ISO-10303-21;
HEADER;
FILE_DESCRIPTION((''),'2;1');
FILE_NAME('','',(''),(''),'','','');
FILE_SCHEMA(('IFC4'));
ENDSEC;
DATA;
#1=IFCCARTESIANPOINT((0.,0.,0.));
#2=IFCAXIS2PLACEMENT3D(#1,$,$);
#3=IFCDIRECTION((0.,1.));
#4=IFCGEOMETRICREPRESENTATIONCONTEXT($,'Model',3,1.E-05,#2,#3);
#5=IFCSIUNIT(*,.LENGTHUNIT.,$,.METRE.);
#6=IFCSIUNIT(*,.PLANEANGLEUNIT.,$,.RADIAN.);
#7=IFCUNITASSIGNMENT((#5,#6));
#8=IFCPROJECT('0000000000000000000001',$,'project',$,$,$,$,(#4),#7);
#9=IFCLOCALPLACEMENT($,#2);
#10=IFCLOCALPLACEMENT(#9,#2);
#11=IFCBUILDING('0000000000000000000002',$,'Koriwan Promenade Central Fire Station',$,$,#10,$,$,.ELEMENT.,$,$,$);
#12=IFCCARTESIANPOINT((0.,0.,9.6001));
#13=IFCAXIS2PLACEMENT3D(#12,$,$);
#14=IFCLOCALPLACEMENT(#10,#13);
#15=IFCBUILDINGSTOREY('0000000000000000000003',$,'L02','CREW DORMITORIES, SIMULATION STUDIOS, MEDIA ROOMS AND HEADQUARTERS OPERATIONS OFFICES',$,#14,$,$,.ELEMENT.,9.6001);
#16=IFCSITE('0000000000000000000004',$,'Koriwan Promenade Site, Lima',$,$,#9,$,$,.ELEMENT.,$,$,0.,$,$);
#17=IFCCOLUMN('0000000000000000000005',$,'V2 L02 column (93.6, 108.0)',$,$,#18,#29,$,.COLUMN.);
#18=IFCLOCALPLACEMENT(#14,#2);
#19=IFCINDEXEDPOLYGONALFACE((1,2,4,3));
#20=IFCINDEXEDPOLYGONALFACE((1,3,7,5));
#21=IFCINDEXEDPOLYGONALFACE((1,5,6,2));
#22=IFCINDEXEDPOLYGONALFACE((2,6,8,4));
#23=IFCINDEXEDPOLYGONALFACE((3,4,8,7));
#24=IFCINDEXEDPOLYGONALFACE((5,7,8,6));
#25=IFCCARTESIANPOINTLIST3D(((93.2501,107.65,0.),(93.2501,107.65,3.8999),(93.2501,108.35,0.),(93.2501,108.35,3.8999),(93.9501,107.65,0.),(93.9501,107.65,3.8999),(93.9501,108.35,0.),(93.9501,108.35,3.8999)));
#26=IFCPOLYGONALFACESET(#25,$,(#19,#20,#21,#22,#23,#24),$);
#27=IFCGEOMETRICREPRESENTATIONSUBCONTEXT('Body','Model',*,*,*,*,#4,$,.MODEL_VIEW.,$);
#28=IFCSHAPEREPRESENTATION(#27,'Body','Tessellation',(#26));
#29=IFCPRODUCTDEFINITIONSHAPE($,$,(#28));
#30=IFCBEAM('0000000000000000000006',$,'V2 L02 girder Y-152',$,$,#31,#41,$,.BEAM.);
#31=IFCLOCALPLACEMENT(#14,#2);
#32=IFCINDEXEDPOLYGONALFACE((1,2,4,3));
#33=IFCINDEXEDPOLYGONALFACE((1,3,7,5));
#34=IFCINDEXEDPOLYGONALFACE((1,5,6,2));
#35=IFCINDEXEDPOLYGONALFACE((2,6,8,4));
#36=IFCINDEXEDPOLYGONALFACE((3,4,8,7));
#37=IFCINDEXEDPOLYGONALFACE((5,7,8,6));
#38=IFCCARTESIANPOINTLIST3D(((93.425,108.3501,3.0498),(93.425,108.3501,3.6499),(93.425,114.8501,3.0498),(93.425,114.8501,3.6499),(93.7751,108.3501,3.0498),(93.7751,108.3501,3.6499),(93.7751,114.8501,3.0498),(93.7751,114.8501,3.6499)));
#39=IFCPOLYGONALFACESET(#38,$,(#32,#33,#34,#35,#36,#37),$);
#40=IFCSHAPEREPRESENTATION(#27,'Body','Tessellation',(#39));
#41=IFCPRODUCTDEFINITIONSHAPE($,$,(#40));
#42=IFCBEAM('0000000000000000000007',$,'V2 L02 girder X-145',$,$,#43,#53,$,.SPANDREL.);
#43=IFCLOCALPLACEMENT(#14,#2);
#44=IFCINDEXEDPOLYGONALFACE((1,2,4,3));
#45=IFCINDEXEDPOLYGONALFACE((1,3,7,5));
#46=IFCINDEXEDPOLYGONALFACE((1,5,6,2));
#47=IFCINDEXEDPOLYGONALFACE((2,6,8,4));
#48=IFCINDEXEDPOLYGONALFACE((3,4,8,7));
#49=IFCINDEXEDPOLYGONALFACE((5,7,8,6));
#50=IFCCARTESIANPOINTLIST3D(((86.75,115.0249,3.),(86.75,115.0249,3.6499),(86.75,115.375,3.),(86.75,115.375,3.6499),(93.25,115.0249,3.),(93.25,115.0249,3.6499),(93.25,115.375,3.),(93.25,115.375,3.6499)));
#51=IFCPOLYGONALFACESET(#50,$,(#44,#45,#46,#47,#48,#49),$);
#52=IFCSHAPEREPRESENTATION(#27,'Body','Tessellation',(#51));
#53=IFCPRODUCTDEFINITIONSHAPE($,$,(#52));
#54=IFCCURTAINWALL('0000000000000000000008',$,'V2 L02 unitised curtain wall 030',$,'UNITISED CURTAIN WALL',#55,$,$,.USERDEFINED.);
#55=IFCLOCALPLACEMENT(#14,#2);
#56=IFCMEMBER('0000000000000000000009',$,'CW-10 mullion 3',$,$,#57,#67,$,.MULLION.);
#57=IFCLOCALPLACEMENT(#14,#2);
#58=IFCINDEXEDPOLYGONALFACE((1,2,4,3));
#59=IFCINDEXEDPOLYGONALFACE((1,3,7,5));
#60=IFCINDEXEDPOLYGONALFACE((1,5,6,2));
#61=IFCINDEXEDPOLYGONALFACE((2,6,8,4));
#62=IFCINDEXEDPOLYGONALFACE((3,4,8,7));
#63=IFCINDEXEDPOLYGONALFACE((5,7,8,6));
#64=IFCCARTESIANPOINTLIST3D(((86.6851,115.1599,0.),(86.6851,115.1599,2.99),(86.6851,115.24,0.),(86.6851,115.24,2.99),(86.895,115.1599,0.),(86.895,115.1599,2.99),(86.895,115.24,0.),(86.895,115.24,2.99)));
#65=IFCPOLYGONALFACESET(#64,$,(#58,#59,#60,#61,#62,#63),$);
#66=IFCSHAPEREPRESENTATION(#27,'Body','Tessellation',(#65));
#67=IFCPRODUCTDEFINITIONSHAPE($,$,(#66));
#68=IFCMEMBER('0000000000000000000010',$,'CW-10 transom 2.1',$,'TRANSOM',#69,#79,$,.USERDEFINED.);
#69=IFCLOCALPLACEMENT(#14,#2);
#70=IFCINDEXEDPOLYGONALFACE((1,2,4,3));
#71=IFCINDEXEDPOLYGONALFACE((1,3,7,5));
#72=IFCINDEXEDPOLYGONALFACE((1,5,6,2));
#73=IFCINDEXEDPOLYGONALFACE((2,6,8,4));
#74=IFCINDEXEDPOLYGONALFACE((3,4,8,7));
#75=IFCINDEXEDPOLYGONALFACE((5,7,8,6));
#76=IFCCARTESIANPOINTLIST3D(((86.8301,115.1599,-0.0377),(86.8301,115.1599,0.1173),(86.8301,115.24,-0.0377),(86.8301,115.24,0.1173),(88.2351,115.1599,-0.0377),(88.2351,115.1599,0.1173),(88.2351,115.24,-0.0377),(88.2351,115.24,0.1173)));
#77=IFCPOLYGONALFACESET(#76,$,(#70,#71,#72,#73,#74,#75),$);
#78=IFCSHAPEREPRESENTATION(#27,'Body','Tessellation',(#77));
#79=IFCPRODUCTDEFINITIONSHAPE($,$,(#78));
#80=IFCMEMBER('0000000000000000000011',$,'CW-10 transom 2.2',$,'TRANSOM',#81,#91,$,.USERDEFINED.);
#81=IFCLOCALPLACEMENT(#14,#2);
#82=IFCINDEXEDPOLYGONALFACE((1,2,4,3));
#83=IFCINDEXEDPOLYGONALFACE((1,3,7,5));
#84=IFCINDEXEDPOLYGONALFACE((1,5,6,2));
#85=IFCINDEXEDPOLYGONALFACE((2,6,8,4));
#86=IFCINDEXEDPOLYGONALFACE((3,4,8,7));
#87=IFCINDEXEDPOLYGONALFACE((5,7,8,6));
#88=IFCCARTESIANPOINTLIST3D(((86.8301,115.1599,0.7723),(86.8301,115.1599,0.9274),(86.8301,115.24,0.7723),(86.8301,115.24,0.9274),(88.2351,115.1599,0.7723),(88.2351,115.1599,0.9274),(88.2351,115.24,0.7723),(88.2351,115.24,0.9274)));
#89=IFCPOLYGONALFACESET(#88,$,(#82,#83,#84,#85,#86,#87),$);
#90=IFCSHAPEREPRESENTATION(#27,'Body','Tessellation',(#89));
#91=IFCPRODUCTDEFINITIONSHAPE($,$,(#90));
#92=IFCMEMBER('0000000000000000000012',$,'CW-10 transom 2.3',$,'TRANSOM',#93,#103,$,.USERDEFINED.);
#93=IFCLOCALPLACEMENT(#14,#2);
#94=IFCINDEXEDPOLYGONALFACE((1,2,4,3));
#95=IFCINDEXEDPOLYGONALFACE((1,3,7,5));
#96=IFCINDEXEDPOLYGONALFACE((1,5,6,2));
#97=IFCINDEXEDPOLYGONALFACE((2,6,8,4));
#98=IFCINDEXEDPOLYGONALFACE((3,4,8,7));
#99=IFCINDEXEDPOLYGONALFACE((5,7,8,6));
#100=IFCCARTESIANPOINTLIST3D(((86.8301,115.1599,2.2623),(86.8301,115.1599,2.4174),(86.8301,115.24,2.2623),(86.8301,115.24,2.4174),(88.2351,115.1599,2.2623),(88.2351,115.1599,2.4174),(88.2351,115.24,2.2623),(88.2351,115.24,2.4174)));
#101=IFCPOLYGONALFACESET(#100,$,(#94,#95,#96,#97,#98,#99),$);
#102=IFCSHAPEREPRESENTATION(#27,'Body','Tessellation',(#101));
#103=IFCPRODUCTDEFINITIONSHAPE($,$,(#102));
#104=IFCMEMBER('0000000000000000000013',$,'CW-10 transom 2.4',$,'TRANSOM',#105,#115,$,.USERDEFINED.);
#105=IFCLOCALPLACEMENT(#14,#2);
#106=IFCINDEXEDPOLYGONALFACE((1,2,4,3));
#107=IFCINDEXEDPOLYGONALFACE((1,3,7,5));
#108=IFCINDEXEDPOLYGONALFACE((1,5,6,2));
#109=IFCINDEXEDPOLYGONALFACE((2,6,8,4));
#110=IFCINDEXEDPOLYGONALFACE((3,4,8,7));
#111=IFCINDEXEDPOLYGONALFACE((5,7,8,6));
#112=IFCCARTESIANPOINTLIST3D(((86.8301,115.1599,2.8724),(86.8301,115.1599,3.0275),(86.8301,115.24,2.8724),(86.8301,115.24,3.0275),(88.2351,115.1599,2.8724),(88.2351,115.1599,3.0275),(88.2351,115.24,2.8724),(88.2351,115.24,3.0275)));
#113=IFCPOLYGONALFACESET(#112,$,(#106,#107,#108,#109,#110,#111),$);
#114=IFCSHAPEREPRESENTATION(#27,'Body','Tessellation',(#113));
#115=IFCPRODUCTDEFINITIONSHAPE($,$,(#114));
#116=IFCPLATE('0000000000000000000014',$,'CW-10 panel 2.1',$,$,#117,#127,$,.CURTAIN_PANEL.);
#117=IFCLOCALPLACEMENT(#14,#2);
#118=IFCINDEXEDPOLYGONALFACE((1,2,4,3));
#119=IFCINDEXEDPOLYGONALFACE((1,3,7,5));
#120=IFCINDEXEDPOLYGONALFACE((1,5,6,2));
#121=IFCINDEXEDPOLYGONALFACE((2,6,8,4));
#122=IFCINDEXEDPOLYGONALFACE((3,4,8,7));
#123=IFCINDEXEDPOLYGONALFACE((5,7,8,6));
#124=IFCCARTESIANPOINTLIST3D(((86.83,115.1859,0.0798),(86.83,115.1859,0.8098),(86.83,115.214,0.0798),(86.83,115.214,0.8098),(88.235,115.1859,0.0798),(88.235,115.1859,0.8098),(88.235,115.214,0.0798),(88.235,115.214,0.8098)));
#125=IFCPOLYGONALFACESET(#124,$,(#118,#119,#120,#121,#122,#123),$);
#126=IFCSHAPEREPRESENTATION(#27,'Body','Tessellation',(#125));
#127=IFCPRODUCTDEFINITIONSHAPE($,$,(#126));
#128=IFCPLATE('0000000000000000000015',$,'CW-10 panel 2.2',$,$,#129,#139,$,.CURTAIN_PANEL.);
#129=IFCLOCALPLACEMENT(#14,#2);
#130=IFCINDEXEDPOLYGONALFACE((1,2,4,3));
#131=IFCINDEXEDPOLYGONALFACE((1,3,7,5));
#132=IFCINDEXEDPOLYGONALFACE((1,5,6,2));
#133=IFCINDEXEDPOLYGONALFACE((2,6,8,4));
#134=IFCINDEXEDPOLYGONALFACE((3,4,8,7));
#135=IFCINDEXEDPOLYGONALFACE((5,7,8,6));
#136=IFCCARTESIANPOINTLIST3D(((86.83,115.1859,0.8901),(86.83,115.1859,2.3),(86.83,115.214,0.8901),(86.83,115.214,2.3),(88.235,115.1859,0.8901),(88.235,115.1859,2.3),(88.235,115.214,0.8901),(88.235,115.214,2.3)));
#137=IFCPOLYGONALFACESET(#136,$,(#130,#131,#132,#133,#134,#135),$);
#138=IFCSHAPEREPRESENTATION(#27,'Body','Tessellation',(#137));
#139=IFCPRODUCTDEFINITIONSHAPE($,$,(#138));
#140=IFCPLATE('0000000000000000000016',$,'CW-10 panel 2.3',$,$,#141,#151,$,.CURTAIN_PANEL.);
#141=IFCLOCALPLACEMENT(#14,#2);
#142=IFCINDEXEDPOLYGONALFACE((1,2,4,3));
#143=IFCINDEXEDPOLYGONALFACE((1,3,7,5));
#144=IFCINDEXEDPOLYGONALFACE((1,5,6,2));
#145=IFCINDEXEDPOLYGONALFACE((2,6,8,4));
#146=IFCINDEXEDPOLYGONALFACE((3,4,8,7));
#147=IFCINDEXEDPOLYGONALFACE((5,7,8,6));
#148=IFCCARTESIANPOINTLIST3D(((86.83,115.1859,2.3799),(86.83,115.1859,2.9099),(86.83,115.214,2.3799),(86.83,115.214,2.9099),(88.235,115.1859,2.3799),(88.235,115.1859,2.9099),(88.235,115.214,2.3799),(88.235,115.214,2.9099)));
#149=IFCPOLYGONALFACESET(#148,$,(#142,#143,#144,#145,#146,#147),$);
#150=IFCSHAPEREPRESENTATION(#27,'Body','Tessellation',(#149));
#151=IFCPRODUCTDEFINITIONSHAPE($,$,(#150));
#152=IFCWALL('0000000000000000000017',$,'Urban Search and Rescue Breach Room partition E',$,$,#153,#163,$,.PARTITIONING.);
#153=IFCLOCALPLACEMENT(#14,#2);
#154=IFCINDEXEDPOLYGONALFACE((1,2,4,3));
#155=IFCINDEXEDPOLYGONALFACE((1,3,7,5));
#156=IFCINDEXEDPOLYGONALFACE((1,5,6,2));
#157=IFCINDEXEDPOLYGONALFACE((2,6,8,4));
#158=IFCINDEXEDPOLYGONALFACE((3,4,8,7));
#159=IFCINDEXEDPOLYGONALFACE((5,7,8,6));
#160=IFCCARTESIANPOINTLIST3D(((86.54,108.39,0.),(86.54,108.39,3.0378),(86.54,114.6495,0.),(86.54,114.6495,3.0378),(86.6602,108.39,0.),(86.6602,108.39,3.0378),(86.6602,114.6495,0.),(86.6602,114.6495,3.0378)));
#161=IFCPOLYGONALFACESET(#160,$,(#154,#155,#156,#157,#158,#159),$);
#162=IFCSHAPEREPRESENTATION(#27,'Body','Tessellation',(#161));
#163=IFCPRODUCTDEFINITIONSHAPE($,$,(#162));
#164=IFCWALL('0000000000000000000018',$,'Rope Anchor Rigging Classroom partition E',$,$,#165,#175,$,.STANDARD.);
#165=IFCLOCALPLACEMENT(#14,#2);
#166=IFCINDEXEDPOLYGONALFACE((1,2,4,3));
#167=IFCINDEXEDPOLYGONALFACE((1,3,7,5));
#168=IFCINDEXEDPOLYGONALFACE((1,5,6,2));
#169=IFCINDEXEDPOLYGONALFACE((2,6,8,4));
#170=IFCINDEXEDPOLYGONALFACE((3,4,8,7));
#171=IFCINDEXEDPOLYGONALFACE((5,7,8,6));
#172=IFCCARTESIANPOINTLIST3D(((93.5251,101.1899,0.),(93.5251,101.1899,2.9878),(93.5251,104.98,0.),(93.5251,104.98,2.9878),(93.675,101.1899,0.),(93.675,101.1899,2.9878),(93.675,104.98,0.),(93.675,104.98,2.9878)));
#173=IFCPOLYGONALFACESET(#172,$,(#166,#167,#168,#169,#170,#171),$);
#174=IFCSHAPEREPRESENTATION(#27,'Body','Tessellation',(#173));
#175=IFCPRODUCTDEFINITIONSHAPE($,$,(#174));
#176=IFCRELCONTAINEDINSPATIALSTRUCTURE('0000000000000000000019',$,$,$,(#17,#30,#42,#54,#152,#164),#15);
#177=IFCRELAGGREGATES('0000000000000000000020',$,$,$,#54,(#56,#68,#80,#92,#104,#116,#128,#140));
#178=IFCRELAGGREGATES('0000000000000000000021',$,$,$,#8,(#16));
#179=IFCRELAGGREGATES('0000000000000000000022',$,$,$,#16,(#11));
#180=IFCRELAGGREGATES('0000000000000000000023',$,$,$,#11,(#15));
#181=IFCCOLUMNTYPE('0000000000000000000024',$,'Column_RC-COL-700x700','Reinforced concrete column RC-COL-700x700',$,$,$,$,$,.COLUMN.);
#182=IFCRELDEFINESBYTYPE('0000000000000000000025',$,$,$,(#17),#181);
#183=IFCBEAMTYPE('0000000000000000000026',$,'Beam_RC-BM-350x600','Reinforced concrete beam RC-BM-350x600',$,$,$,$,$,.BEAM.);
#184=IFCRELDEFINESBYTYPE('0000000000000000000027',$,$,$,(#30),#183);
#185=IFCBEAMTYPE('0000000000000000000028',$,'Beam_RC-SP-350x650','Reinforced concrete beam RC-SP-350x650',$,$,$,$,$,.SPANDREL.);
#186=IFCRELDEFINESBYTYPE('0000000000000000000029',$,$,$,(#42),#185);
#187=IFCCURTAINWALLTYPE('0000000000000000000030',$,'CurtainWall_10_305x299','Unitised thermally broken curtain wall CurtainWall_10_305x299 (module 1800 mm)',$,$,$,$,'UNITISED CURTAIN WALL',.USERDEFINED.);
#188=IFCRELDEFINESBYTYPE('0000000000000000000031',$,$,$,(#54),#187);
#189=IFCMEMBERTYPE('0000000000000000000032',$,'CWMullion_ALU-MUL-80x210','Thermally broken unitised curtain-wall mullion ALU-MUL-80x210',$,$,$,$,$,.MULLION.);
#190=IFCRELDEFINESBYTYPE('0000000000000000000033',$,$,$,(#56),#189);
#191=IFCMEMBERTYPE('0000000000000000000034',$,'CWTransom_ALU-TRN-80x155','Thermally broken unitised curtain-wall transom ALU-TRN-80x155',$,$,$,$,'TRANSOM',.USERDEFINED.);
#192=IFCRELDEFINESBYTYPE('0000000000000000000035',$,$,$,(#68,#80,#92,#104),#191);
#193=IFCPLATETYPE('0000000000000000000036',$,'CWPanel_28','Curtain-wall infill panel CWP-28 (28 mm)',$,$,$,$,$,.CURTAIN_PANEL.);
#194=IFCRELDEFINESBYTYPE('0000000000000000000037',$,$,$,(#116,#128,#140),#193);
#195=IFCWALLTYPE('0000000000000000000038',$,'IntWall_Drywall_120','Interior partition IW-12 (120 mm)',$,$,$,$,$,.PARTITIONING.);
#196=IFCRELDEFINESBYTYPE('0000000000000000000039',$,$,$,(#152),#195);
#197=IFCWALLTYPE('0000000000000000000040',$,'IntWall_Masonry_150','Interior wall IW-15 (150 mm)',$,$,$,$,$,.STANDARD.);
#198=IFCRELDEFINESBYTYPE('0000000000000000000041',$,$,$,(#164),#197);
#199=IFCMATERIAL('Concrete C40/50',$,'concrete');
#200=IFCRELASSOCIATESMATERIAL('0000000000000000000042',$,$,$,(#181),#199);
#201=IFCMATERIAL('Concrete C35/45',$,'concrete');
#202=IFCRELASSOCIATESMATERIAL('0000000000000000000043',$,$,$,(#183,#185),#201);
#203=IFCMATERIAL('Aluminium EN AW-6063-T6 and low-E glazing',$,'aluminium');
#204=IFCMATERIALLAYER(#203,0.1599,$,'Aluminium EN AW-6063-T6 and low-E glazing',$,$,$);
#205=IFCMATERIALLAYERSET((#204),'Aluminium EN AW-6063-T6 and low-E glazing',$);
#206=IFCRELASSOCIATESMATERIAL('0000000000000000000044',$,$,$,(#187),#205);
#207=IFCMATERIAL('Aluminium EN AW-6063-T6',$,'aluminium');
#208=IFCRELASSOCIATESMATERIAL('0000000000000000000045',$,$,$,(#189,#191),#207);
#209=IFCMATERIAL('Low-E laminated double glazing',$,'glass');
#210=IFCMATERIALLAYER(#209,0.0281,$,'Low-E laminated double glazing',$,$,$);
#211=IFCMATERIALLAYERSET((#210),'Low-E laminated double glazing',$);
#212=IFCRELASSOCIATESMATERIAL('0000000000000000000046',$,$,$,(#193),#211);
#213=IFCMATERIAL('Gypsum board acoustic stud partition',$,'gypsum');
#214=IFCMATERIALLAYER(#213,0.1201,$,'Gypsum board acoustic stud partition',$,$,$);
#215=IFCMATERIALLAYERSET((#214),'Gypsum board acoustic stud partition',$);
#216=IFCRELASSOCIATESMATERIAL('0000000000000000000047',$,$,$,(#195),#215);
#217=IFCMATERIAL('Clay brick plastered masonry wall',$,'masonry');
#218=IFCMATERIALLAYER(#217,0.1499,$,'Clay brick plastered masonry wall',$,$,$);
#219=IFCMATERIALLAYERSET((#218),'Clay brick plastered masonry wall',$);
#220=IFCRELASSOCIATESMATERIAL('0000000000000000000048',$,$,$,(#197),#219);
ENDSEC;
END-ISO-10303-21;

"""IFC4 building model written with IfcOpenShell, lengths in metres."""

from ifc_helpers import new_model, si_unit, direction, frame, frame_2d, origin, origin_2d, place, context, subcontext, project, spatial, rectangle, extrude, material, layer, layer_set, material_profile, profile_set, type_object, element, aggregate, save


model = new_model("IFC4")

# Units and contexts
model_context = context("Model", 3, precision=1e-05, world=origin(), true_north=direction((0.0, 1.0)))
body_context = subcontext(model_context, "Body", "Model", "MODEL_VIEW")
ifc_project = project(units=[si_unit("LENGTHUNIT", "METRE"), si_unit("PLANEANGLEUNIT", "RADIAN")], contexts=[model_context])

# Site, building, storey
site_placement = place(None, origin())
site = spatial("IfcSite", under=ifc_project, at=site_placement, Name="Koriwan Promenade Site, Lima", CompositionType="ELEMENT", RefElevation=0.0)
building_placement = place(site_placement, origin())
building = spatial("IfcBuilding", under=site, at=building_placement, Name="Koriwan Promenade Central Fire Station", CompositionType="ELEMENT")
storey_placement = place(building_placement, frame((0.0, 0.0, 9.6001)))
storey = spatial("IfcBuildingStorey", under=building, at=storey_placement, Name="L02", Description="CREW DORMITORIES, SIMULATION STUDIOS, MEDIA ROOMS AND HEADQUARTERS OPERATIONS OFFICES", CompositionType="ELEMENT", Elevation=9.6001)

# Column
ifc_material_1 = material(Name="Concrete C40/50", Category="concrete")
ifc_material_profile_1 = material_profile(ifc_material_1, rectangle(XDim=0.7, YDim=0.7, at=origin_2d()), Name="RC-COL-700x700")
ifc_profile_set_1 = profile_set([ifc_material_profile_1], Name="Concrete C40/50")
column_type = type_object("IfcColumnType", Name="Column_RC-COL-700x700", Description="Reinforced concrete column RC-COL-700x700", PredefinedType="COLUMN", material=ifc_profile_set_1)
column_placement = place(storey_placement, frame((93.6001, 108.0, 0.0), z_axis=(0.0, 0.0, 1.0), x_axis=(1.0, 0.0, 0.0)))
element("IfcColumn", 1, at=column_placement, inside=storey, type_object=column_type, Name="V2 L02 column (93.6, 108.0)", PredefinedType="COLUMN", context=body_context, shape_type="SweptSolid", body=[
    extrude(rectangle(XDim=0.7, YDim=0.7, at=origin_2d()), origin(), (0.0, 0.0, 1.0), 3.8999),
])

# Beams
ifc_material_2 = material(Name="Concrete C35/45", Category="concrete")
ifc_material_profile_2 = material_profile(ifc_material_2, rectangle(XDim=0.3501, YDim=0.6001, at=origin_2d()), Name="RC-BM-350x600")
ifc_profile_set_2 = profile_set([ifc_material_profile_2], Name="Concrete C35/45")
beam_type_1 = type_object("IfcBeamType", Name="Beam_RC-BM-350x600", Description="Reinforced concrete beam RC-BM-350x600", PredefinedType="BEAM", material=ifc_profile_set_2)
beam_1_placement = place(storey_placement, frame((93.6001, 108.3501, 3.3499), z_axis=(0.0, 1.0, 0.0), x_axis=(-1.0, 0.0, 0.0)))
element("IfcBeam", 2, at=beam_1_placement, inside=storey, type_object=beam_type_1, Name="V2 L02 girder Y-152", PredefinedType="BEAM", context=body_context, shape_type="SweptSolid", body=[
    extrude(rectangle(XDim=0.3501, YDim=0.6001, at=origin_2d()), origin(), (0.0, 0.0, 1.0), 6.5),
])
ifc_material_profile_3 = material_profile(ifc_material_2, rectangle(XDim=0.3501, YDim=0.6499, at=origin_2d()), Name="RC-SP-350x650")
ifc_profile_set_3 = profile_set([ifc_material_profile_3], Name="Concrete C35/45")
beam_type_2 = type_object("IfcBeamType", Name="Beam_RC-SP-350x650", Description="Reinforced concrete beam RC-SP-350x650", PredefinedType="SPANDREL", material=ifc_profile_set_3)
beam_2_placement = place(storey_placement, frame((86.75, 115.2, 3.325), z_axis=(1.0, 0.0, 0.0), x_axis=(0.0, 1.0, 0.0)))
element("IfcBeam", 3, at=beam_2_placement, inside=storey, type_object=beam_type_2, Name="V2 L02 girder X-145", PredefinedType="SPANDREL", context=body_context, shape_type="SweptSolid", body=[
    extrude(rectangle(XDim=0.3501, YDim=0.6499, at=origin_2d()), origin(), (0.0, 0.0, 1.0), 6.5),
])

# Curtain wall, members, plates
ifc_material_3 = material(Name="Aluminium EN AW-6063-T6 and low-E glazing", Category="aluminium")
ifc_layer_1 = layer(ifc_material_3, 0.1599, Name="Aluminium EN AW-6063-T6 and low-E glazing")
ifc_layer_set_1 = layer_set([ifc_layer_1], Name="Aluminium EN AW-6063-T6 and low-E glazing")
curtain_wall_type = type_object("IfcCurtainWallType", Name="CurtainWall_10_305x299", Description="Unitised thermally broken curtain wall CurtainWall_10_305x299 (module 1800 mm)", ElementType="UNITISED CURTAIN WALL", PredefinedType="USERDEFINED", material=ifc_layer_set_1)
curtain_wall_placement = place(storey_placement, origin())
curtain_wall = element("IfcCurtainWall", 4, at=curtain_wall_placement, inside=storey, type_object=curtain_wall_type, Name="V2 L02 unitised curtain wall 030", ObjectType="UNITISED CURTAIN WALL", PredefinedType="USERDEFINED")
ifc_material_4 = material(Name="Aluminium EN AW-6063-T6", Category="aluminium")
ifc_material_profile_4 = material_profile(ifc_material_4, rectangle(XDim=0.0801, YDim=0.21, at=origin_2d()), Name="ALU-MUL-80x210")
ifc_profile_set_4 = profile_set([ifc_material_profile_4], Name="Aluminium EN AW-6063-T6")
member_type_1 = type_object("IfcMemberType", Name="CWMullion_ALU-MUL-80x210", Description="Thermally broken unitised curtain-wall mullion ALU-MUL-80x210", PredefinedType="MULLION", material=ifc_profile_set_4)
member_1_placement = place(storey_placement, frame((86.79, 115.2, 0.0), z_axis=(0.0, 0.0, 1.0), x_axis=(0.0, -1.0, 0.0)))
member_1 = element("IfcMember", 5, at=member_1_placement, type_object=member_type_1, Name="CW-10 mullion 3", PredefinedType="MULLION", context=body_context, shape_type="SweptSolid", body=[
    extrude(rectangle(XDim=0.0801, YDim=0.21, at=origin_2d()), origin(), (0.0, 0.0, 1.0), 2.99),
])
ifc_material_profile_5 = material_profile(ifc_material_4, rectangle(XDim=0.0801, YDim=0.155, at=origin_2d()), Name="ALU-TRN-80x155")
ifc_profile_set_5 = profile_set([ifc_material_profile_5], Name="Aluminium EN AW-6063-T6")
member_type_2 = type_object("IfcMemberType", Name="CWTransom_ALU-TRN-80x155", Description="Thermally broken unitised curtain-wall transom ALU-TRN-80x155", ElementType="TRANSOM", PredefinedType="USERDEFINED", material=ifc_profile_set_5)
member_2_placement = place(storey_placement, frame((88.2351, 115.2, 0.0398), z_axis=(-1.0, 0.0, 0.0), x_axis=(0.0, -1.0, 0.0)))
member_2 = element("IfcMember", 6, at=member_2_placement, type_object=member_type_2, Name="CW-10 transom 2.1", ObjectType="TRANSOM", PredefinedType="USERDEFINED", context=body_context, shape_type="SweptSolid", body=[
    extrude(rectangle(XDim=0.0801, YDim=0.155, at=origin_2d()), origin(), (0.0, 0.0, 1.0), 1.405),
])
member_3_placement = place(storey_placement, frame((88.2351, 115.2, 0.8499), z_axis=(-1.0, 0.0, 0.0), x_axis=(0.0, -1.0, 0.0)))
member_3 = element("IfcMember", 7, at=member_3_placement, type_object=member_type_2, Name="CW-10 transom 2.2", ObjectType="TRANSOM", PredefinedType="USERDEFINED", context=body_context, shape_type="SweptSolid", body=[
    extrude(rectangle(XDim=0.0801, YDim=0.155, at=origin_2d()), origin(), (0.0, 0.0, 1.0), 1.405),
])
member_4_placement = place(storey_placement, frame((88.2351, 115.2, 2.3398), z_axis=(-1.0, 0.0, 0.0), x_axis=(0.0, -1.0, 0.0)))
member_4 = element("IfcMember", 8, at=member_4_placement, type_object=member_type_2, Name="CW-10 transom 2.3", ObjectType="TRANSOM", PredefinedType="USERDEFINED", context=body_context, shape_type="SweptSolid", body=[
    extrude(rectangle(XDim=0.0801, YDim=0.155, at=origin_2d()), origin(), (0.0, 0.0, 1.0), 1.405),
])
member_5_placement = place(storey_placement, frame((88.2351, 115.2, 2.95), z_axis=(-1.0, 0.0, 0.0), x_axis=(0.0, -1.0, 0.0)))
member_5 = element("IfcMember", 9, at=member_5_placement, type_object=member_type_2, Name="CW-10 transom 2.4", ObjectType="TRANSOM", PredefinedType="USERDEFINED", context=body_context, shape_type="SweptSolid", body=[
    extrude(rectangle(XDim=0.0801, YDim=0.155, at=origin_2d()), origin(), (0.0, 0.0, 1.0), 1.405),
])
ifc_material_5 = material(Name="Low-E laminated double glazing", Category="glass")
ifc_layer_2 = layer(ifc_material_5, 0.0281, Name="Low-E laminated double glazing")
ifc_layer_set_2 = layer_set([ifc_layer_2], Name="Low-E laminated double glazing")
plate_type = type_object("IfcPlateType", Name="CWPanel_28", Description="Curtain-wall infill panel CWP-28 (28 mm)", PredefinedType="CURTAIN_PANEL", material=ifc_layer_set_2)
plate_1_placement = place(storey_placement, frame((87.5325, 115.2, 0.0798), z_axis=(0.0, 0.0, 1.0), x_axis=(-1.0, 0.0, 0.0)))
plate_1 = element("IfcPlate", 10, at=plate_1_placement, type_object=plate_type, Name="CW-10 panel 2.1", PredefinedType="CURTAIN_PANEL", context=body_context, shape_type="SweptSolid", body=[
    extrude(rectangle(XDim=1.405, YDim=0.0281, at=origin_2d()), origin(), (0.0, 0.0, 1.0), 0.73),
])
plate_2_placement = place(storey_placement, frame((87.5325, 115.2, 0.8901), z_axis=(0.0, 0.0, 1.0), x_axis=(-1.0, 0.0, 0.0)))
plate_2 = element("IfcPlate", 11, at=plate_2_placement, type_object=plate_type, Name="CW-10 panel 2.2", PredefinedType="CURTAIN_PANEL", context=body_context, shape_type="SweptSolid", body=[
    extrude(rectangle(XDim=1.405, YDim=0.0281, at=origin_2d()), origin(), (0.0, 0.0, 1.0), 1.4099),
])
plate_3_placement = place(storey_placement, frame((87.5325, 115.2, 2.3799), z_axis=(0.0, 0.0, 1.0), x_axis=(-1.0, 0.0, 0.0)))
plate_3 = element("IfcPlate", 12, at=plate_3_placement, type_object=plate_type, Name="CW-10 panel 2.3", PredefinedType="CURTAIN_PANEL", context=body_context, shape_type="SweptSolid", body=[
    extrude(rectangle(XDim=1.405, YDim=0.0281, at=origin_2d()), origin(), (0.0, 0.0, 1.0), 0.53),
])
aggregate(curtain_wall, [member_1, member_2, member_3, member_4, member_5, plate_1, plate_2, plate_3])

# Walls
ifc_material_6 = material(Name="Gypsum board acoustic stud partition", Category="gypsum")
ifc_layer_3 = layer(ifc_material_6, 0.1201, Name="Gypsum board acoustic stud partition")
ifc_layer_set_3 = layer_set([ifc_layer_3], Name="Gypsum board acoustic stud partition")
wall_type_1 = type_object("IfcWallType", Name="IntWall_Drywall_120", Description="Interior partition IW-12 (120 mm)", PredefinedType="PARTITIONING", material=ifc_layer_set_3)
wall_1_placement = place(storey_placement, frame((86.6001, 108.3899, 0.0), z_axis=(0.0, 0.0, 1.0), x_axis=(0.0, 1.0, 0.0)))
element("IfcWall", 13, at=wall_1_placement, inside=storey, type_object=wall_type_1, Name="Urban Search and Rescue Breach Room partition E", PredefinedType="PARTITIONING", context=body_context, shape_type="SweptSolid", body=[
    extrude(rectangle(XDim=6.2595, YDim=0.1201, at=frame_2d((3.1299, 0.0))), origin(), (0.0, 0.0, 1.0), 3.0378),
])
ifc_material_7 = material(Name="Clay brick plastered masonry wall", Category="masonry")
ifc_layer_4 = layer(ifc_material_7, 0.1499, Name="Clay brick plastered masonry wall")
ifc_layer_set_4 = layer_set([ifc_layer_4], Name="Clay brick plastered masonry wall")
wall_type_2 = type_object("IfcWallType", Name="IntWall_Masonry_150", Description="Interior wall IW-15 (150 mm)", PredefinedType="STANDARD", material=ifc_layer_set_4)
wall_2_placement = place(storey_placement, frame((93.6001, 101.1899, 0.0), z_axis=(0.0, 0.0, 1.0), x_axis=(0.0, 1.0, 0.0)))
element("IfcWall", 14, at=wall_2_placement, inside=storey, type_object=wall_type_2, Name="Rope Anchor Rigging Classroom partition E", PredefinedType="STANDARD", context=body_context, shape_type="SweptSolid", body=[
    extrude(rectangle(XDim=3.79, YDim=0.1499, at=frame_2d((1.895, 0.0))), origin(), (0.0, 0.0, 1.0), 2.9878),
])

save(model, "model.ifc")
